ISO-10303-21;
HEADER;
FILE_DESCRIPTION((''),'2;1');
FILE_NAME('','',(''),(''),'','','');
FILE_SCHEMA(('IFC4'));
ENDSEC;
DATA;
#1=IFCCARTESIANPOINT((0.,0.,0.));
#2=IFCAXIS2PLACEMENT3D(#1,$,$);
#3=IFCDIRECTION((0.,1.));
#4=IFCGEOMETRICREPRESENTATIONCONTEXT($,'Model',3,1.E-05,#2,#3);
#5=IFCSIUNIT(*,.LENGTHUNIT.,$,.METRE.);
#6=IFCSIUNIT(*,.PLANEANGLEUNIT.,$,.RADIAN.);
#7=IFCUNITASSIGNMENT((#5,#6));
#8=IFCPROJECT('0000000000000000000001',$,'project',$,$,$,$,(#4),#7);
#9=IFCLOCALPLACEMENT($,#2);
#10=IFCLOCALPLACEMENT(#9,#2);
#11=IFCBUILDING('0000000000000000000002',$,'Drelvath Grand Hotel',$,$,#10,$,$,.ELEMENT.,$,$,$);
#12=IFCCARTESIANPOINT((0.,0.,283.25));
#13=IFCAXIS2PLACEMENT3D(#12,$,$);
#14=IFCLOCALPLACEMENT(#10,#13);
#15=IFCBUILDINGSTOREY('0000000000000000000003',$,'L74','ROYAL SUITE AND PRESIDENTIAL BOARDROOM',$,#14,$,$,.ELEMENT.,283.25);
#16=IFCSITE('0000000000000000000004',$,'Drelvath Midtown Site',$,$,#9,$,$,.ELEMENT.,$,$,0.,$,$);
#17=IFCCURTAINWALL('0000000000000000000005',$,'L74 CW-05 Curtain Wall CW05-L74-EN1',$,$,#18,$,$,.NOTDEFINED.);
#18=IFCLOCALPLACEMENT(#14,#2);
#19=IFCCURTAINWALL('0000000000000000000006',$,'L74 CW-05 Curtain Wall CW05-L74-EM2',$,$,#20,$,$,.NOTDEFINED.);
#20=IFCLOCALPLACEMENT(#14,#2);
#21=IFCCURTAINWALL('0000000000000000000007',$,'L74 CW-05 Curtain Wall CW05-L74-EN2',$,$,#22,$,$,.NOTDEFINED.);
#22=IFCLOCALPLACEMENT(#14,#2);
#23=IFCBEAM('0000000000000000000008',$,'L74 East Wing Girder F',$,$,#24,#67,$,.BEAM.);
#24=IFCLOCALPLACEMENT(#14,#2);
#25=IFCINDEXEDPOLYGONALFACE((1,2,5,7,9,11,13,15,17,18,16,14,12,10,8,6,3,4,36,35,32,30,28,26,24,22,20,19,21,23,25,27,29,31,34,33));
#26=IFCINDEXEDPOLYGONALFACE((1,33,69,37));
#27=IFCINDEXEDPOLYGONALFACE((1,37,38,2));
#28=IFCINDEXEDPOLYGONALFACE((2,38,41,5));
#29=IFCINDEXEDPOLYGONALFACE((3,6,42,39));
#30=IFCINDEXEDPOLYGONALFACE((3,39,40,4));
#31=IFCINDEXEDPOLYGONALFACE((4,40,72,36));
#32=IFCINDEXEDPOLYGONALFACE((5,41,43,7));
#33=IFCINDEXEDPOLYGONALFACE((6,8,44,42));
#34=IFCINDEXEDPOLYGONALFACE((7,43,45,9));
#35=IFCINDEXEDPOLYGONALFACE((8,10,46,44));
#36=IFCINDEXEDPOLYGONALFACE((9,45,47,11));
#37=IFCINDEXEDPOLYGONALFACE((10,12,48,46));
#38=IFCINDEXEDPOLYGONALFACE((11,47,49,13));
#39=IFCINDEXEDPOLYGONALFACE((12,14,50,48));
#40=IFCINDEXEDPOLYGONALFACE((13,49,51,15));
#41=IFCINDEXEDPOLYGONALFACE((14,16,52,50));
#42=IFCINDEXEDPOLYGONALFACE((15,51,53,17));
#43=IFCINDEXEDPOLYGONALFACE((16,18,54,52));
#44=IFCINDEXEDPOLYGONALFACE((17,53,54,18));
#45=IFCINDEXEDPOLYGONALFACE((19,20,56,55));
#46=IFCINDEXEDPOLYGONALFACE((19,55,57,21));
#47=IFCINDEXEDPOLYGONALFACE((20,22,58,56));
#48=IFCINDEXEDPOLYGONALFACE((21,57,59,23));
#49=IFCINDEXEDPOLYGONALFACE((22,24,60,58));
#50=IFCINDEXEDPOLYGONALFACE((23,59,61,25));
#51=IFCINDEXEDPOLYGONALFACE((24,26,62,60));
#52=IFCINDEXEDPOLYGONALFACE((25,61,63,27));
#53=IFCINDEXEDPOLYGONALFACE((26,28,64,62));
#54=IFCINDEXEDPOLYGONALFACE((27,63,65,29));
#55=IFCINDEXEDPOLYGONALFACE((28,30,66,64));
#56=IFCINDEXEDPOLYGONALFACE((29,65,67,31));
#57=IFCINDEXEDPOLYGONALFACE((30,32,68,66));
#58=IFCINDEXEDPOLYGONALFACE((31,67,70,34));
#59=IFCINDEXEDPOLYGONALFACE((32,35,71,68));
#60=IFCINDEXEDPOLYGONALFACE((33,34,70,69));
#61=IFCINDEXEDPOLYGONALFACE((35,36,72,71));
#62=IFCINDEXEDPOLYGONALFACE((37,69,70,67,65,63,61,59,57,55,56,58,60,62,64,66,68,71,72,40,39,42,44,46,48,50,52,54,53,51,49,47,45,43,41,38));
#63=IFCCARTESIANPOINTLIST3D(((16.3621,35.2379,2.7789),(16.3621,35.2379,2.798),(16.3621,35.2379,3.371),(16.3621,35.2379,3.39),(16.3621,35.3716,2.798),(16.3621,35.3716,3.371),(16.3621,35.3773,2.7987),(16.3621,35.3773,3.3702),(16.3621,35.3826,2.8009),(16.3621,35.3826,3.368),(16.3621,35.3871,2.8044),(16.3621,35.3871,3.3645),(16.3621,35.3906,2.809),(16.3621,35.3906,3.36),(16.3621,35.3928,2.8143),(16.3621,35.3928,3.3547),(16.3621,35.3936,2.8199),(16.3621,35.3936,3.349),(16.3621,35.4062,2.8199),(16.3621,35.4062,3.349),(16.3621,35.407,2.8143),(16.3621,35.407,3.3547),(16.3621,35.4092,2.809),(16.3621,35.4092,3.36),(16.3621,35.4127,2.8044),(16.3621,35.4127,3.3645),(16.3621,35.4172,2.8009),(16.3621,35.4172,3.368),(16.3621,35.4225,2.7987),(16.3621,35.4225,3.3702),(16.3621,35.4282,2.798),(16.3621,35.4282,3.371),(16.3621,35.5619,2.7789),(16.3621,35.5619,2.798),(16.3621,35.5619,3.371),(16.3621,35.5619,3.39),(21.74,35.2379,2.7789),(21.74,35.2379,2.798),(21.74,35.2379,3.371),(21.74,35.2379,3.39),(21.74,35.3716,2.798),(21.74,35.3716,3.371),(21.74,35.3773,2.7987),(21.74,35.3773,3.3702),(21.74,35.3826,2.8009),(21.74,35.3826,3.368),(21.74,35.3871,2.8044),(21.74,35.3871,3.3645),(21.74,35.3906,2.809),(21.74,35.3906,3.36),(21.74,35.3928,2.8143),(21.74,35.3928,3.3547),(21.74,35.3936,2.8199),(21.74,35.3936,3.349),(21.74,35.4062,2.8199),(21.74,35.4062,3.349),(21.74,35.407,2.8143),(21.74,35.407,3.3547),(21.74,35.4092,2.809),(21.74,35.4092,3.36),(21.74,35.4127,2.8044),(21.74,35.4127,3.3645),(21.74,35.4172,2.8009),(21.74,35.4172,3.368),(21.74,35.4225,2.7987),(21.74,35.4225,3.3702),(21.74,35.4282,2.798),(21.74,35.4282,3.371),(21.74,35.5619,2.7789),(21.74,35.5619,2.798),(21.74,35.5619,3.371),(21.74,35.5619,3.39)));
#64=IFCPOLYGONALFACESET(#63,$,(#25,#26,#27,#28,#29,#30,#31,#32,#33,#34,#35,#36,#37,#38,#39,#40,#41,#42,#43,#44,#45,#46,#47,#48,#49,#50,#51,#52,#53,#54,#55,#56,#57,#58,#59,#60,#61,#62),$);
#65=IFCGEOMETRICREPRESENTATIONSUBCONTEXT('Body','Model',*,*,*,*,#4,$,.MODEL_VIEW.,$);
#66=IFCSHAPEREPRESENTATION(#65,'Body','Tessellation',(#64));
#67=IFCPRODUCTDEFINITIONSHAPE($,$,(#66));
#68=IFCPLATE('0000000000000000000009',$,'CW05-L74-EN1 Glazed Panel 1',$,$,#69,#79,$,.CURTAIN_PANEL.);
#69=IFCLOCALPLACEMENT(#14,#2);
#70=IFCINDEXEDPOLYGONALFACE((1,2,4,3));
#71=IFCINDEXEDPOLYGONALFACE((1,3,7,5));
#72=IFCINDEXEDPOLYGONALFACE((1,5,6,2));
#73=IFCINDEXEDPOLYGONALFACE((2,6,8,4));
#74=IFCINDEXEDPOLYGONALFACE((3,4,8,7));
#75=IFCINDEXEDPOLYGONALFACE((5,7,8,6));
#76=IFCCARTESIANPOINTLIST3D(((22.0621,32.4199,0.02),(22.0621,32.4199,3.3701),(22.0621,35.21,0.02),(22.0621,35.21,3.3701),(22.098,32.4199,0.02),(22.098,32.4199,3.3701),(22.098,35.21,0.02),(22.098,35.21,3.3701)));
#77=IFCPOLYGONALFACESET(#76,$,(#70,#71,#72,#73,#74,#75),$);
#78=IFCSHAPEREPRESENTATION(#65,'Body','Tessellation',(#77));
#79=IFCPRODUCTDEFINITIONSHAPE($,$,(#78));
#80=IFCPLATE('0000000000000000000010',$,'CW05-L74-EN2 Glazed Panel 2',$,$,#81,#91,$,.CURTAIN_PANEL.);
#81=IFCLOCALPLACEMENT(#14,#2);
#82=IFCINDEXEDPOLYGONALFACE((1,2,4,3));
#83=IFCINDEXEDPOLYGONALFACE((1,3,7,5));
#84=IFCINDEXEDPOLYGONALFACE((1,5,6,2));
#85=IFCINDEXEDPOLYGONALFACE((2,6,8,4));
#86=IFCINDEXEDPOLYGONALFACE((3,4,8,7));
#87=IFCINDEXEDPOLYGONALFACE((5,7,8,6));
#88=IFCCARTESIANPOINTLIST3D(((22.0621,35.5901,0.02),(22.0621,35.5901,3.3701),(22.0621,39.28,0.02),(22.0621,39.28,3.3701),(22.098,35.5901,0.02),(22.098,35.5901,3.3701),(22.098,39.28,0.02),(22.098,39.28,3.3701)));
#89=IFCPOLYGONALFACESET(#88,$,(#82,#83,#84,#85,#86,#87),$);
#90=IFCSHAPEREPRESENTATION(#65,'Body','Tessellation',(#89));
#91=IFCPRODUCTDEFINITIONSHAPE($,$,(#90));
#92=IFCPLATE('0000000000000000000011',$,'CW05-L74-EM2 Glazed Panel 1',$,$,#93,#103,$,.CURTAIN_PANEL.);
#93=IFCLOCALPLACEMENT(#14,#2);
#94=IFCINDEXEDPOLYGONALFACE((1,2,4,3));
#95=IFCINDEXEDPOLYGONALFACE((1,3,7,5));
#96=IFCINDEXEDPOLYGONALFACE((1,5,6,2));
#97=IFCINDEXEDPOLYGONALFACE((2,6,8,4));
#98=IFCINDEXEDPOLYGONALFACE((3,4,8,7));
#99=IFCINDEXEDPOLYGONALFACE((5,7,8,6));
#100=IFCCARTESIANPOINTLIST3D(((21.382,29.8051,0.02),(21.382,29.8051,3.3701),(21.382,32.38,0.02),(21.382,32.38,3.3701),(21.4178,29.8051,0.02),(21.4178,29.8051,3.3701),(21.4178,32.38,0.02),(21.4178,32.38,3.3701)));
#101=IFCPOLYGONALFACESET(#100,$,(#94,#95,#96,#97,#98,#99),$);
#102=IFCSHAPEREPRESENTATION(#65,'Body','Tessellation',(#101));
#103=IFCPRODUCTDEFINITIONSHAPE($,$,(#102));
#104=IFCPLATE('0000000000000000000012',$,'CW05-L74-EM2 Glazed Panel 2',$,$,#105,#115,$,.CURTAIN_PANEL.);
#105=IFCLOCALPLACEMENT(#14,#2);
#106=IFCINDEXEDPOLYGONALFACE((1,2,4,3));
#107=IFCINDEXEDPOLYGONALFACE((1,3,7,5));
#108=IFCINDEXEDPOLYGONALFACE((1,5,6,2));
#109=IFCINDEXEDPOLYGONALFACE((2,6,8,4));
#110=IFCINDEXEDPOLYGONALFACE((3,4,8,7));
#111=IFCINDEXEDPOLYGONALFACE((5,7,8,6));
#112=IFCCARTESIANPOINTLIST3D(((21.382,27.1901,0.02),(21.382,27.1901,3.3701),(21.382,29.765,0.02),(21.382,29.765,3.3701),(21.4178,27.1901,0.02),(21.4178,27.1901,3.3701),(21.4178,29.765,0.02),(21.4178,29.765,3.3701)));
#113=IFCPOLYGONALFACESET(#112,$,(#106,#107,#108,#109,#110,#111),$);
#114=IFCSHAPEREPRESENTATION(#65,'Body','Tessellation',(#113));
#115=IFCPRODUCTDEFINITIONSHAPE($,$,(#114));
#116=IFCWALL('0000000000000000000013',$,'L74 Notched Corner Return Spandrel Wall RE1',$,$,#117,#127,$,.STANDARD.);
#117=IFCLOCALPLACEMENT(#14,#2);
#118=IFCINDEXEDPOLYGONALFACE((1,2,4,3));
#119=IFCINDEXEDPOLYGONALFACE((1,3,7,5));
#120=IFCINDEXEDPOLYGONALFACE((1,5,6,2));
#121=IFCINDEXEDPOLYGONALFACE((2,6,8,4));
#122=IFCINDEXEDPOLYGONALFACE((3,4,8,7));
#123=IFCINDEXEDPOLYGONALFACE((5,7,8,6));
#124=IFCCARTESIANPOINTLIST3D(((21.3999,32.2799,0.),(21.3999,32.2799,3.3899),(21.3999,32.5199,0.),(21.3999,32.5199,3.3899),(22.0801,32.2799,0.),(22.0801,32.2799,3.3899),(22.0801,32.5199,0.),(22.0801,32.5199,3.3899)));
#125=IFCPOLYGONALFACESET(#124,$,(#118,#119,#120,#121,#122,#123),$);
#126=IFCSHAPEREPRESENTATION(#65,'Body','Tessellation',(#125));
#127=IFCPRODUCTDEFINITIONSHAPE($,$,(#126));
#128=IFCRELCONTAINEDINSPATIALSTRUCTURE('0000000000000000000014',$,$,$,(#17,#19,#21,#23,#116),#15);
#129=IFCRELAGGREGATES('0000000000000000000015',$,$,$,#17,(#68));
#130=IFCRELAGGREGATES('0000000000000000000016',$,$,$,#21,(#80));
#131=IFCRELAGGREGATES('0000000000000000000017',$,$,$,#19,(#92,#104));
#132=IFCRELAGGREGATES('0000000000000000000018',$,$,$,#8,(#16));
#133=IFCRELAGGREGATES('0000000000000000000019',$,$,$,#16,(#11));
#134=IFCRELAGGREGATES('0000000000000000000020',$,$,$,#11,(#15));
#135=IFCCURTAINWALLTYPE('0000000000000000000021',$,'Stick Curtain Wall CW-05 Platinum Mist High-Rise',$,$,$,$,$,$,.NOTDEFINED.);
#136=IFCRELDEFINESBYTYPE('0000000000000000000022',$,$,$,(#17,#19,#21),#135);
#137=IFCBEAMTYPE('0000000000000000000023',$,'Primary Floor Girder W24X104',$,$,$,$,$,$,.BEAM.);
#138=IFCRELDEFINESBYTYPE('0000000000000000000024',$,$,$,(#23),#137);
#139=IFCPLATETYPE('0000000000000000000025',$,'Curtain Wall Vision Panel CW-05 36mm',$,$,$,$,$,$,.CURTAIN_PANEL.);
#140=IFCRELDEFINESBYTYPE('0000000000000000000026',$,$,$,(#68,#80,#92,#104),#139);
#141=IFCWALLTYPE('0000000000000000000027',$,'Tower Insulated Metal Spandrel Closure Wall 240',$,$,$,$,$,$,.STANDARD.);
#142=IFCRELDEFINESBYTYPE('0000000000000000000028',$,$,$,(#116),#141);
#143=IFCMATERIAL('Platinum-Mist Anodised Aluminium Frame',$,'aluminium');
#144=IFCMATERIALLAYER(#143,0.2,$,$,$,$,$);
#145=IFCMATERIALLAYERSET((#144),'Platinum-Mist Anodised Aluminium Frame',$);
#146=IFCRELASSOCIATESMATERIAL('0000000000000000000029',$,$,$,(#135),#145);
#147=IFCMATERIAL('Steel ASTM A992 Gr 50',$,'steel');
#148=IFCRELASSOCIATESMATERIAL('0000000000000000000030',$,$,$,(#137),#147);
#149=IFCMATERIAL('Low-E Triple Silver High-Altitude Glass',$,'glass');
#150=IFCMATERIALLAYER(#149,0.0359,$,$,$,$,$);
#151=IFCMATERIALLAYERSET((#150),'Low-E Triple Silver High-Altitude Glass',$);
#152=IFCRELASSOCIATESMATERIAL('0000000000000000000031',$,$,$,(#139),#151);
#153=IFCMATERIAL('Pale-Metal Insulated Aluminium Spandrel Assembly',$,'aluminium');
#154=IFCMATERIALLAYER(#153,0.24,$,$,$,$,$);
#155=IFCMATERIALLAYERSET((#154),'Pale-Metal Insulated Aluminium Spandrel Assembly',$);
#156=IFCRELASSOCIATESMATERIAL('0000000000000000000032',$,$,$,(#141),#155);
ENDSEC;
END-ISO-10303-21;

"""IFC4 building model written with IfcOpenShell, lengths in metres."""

from ifc_helpers import new_model, si_unit, direction, frame, frame_2d, origin, origin_2d, place, context, subcontext, project, spatial, rectangle, i_section, extrude, material, layer, layer_set, material_profile, profile_set, type_object, element, aggregate, save


model = new_model("IFC4")

# Units and contexts
model_context = context("Model", 3, precision=1e-05, world=origin(), true_north=direction((0.0, 1.0)))
body_context = subcontext(model_context, "Body", "Model", "MODEL_VIEW")
ifc_project = project(units=[si_unit("LENGTHUNIT", "METRE"), si_unit("PLANEANGLEUNIT", "RADIAN")], contexts=[model_context])

# Site, building, storey
site_placement = place(None, origin())
site = spatial("IfcSite", under=ifc_project, at=site_placement, Name="Drelvath Midtown Site", CompositionType="ELEMENT", RefElevation=0.0)
building_placement = place(site_placement, origin())
building = spatial("IfcBuilding", under=site, at=building_placement, Name="Drelvath Grand Hotel", CompositionType="ELEMENT")
storey_placement = place(building_placement, frame((0.0, 0.0, 283.25)))
storey = spatial("IfcBuildingStorey", under=building, at=storey_placement, Name="L74", Description="ROYAL SUITE AND PRESIDENTIAL BOARDROOM", CompositionType="ELEMENT", Elevation=283.25)

# Curtain walls
ifc_material_1 = material(Name="Platinum-Mist Anodised Aluminium Frame", Category="aluminium")
ifc_layer_1 = layer(ifc_material_1, 0.2)
ifc_layer_set_1 = layer_set([ifc_layer_1], Name="Platinum-Mist Anodised Aluminium Frame")
curtain_wall_type = type_object("IfcCurtainWallType", Name="Stick Curtain Wall CW-05 Platinum Mist High-Rise", PredefinedType="NOTDEFINED", material=ifc_layer_set_1)
curtain_wall_1_placement = place(storey_placement, origin())
curtain_wall_1 = element("IfcCurtainWall", 1, at=curtain_wall_1_placement, inside=storey, type_object=curtain_wall_type, Name="L74 CW-05 Curtain Wall CW05-L74-EN1", PredefinedType="NOTDEFINED")
curtain_wall_2_placement = place(storey_placement, origin())
curtain_wall_2 = element("IfcCurtainWall", 2, at=curtain_wall_2_placement, inside=storey, type_object=curtain_wall_type, Name="L74 CW-05 Curtain Wall CW05-L74-EM2", PredefinedType="NOTDEFINED")

# Curtain wall
curtain_wall_3_placement = place(storey_placement, origin())
curtain_wall_3 = element("IfcCurtainWall", 3, at=curtain_wall_3_placement, inside=storey, type_object=curtain_wall_type, Name="L74 CW-05 Curtain Wall CW05-L74-EN2", PredefinedType="NOTDEFINED")

# Beam
ifc_material_2 = material(Name="Steel ASTM A992 Gr 50", Category="steel")
ifc_material_profile_1 = material_profile(ifc_material_2, i_section(OverallWidth=0.324, OverallDepth=0.6111, WebThickness=0.0127, FlangeThickness=0.019, FilletRadius=0.022, at=origin_2d()), Name="W24X104")
ifc_profile_set_1 = profile_set([ifc_material_profile_1], Name="Steel ASTM A992 Gr 50")
beam_type_1 = type_object("IfcBeamType", Name="Primary Floor Girder W24X104", PredefinedType="BEAM", material=ifc_profile_set_1)
beam_1_placement = place(storey_placement, frame((16.3621, 35.3999, 3.0845), z_axis=(1.0, 0.0, 0.0), x_axis=(0.0, 1.0, 0.0)))
element("IfcBeam", 4, at=beam_1_placement, inside=storey, type_object=beam_type_1, Name="L74 East Wing Girder F", PredefinedType="BEAM", context=body_context, shape_type="SweptSolid", body=[
    extrude(i_section(OverallWidth=0.324, OverallDepth=0.6111, WebThickness=0.0127, FlangeThickness=0.019, FilletRadius=0.022, at=origin_2d()), origin(), (0.0, 0.0, 1.0), 5.3779),
])

# Plates
ifc_material_3 = material(Name="Low-E Triple Silver High-Altitude Glass", Category="glass")
ifc_layer_2 = layer(ifc_material_3, 0.0359)
ifc_layer_set_2 = layer_set([ifc_layer_2], Name="Low-E Triple Silver High-Altitude Glass")
plate_type = type_object("IfcPlateType", Name="Curtain Wall Vision Panel CW-05 36mm", PredefinedType="CURTAIN_PANEL", material=ifc_layer_set_2)
plate_1_placement = place(storey_placement, frame((22.0801, 33.8149, 0.02), z_axis=(0.0, 0.0, 1.0), x_axis=(0.0, -1.0, 0.0)))
plate_1 = element("IfcPlate", 5, at=plate_1_placement, type_object=plate_type, Name="CW05-L74-EN1 Glazed Panel 1", PredefinedType="CURTAIN_PANEL", context=body_context, shape_type="SweptSolid", body=[
    extrude(rectangle(XDim=2.79, YDim=0.0359, at=origin_2d()), origin(), (0.0, 0.0, 1.0), 3.3501),
])
aggregate(curtain_wall_1, [plate_1])
plate_2_placement = place(storey_placement, frame((22.0801, 37.4351, 0.02), z_axis=(0.0, 0.0, 1.0), x_axis=(0.0, -1.0, 0.0)))
plate_2 = element("IfcPlate", 6, at=plate_2_placement, type_object=plate_type, Name="CW05-L74-EN2 Glazed Panel 2", PredefinedType="CURTAIN_PANEL", context=body_context, shape_type="SweptSolid", body=[
    extrude(rectangle(XDim=3.6899, YDim=0.0359, at=origin_2d()), origin(), (0.0, 0.0, 1.0), 3.3501),
])
aggregate(curtain_wall_3, [plate_2])
plate_3_placement = place(storey_placement, frame((21.3999, 31.0925, 0.02), z_axis=(0.0, 0.0, 1.0), x_axis=(0.0, -1.0, 0.0)))
plate_3 = element("IfcPlate", 7, at=plate_3_placement, type_object=plate_type, Name="CW05-L74-EM2 Glazed Panel 1", PredefinedType="CURTAIN_PANEL", context=body_context, shape_type="SweptSolid", body=[
    extrude(rectangle(XDim=2.575, YDim=0.0359, at=origin_2d()), origin(), (0.0, 0.0, 1.0), 3.3501),
])
plate_4_placement = place(storey_placement, frame((21.3999, 28.4775, 0.02), z_axis=(0.0, 0.0, 1.0), x_axis=(0.0, -1.0, 0.0)))
plate_4 = element("IfcPlate", 8, at=plate_4_placement, type_object=plate_type, Name="CW05-L74-EM2 Glazed Panel 2", PredefinedType="CURTAIN_PANEL", context=body_context, shape_type="SweptSolid", body=[
    extrude(rectangle(XDim=2.575, YDim=0.0359, at=origin_2d()), origin(), (0.0, 0.0, 1.0), 3.3501),
])
aggregate(curtain_wall_2, [plate_3, plate_4])

# Wall
ifc_material_4 = material(Name="Pale-Metal Insulated Aluminium Spandrel Assembly", Category="aluminium")
ifc_layer_3 = layer(ifc_material_4, 0.24)
ifc_layer_set_3 = layer_set([ifc_layer_3], Name="Pale-Metal Insulated Aluminium Spandrel Assembly")
wall_type = type_object("IfcWallType", Name="Tower Insulated Metal Spandrel Closure Wall 240", PredefinedType="STANDARD", material=ifc_layer_set_3)
wall_placement = place(storey_placement, frame((22.0801, 32.3999, 0.0), z_axis=(0.0, 0.0, 1.0), x_axis=(-1.0, 0.0, 0.0)))
element("IfcWall", 9, at=wall_placement, inside=storey, type_object=wall_type, Name="L74 Notched Corner Return Spandrel Wall RE1", PredefinedType="STANDARD", context=body_context, shape_type="SweptSolid", body=[
    extrude(rectangle(XDim=0.6802, YDim=0.24, at=frame_2d((0.3401, 0.0))), origin(), (0.0, 0.0, 1.0), 3.3899),
])

save(model, "model.ifc")
